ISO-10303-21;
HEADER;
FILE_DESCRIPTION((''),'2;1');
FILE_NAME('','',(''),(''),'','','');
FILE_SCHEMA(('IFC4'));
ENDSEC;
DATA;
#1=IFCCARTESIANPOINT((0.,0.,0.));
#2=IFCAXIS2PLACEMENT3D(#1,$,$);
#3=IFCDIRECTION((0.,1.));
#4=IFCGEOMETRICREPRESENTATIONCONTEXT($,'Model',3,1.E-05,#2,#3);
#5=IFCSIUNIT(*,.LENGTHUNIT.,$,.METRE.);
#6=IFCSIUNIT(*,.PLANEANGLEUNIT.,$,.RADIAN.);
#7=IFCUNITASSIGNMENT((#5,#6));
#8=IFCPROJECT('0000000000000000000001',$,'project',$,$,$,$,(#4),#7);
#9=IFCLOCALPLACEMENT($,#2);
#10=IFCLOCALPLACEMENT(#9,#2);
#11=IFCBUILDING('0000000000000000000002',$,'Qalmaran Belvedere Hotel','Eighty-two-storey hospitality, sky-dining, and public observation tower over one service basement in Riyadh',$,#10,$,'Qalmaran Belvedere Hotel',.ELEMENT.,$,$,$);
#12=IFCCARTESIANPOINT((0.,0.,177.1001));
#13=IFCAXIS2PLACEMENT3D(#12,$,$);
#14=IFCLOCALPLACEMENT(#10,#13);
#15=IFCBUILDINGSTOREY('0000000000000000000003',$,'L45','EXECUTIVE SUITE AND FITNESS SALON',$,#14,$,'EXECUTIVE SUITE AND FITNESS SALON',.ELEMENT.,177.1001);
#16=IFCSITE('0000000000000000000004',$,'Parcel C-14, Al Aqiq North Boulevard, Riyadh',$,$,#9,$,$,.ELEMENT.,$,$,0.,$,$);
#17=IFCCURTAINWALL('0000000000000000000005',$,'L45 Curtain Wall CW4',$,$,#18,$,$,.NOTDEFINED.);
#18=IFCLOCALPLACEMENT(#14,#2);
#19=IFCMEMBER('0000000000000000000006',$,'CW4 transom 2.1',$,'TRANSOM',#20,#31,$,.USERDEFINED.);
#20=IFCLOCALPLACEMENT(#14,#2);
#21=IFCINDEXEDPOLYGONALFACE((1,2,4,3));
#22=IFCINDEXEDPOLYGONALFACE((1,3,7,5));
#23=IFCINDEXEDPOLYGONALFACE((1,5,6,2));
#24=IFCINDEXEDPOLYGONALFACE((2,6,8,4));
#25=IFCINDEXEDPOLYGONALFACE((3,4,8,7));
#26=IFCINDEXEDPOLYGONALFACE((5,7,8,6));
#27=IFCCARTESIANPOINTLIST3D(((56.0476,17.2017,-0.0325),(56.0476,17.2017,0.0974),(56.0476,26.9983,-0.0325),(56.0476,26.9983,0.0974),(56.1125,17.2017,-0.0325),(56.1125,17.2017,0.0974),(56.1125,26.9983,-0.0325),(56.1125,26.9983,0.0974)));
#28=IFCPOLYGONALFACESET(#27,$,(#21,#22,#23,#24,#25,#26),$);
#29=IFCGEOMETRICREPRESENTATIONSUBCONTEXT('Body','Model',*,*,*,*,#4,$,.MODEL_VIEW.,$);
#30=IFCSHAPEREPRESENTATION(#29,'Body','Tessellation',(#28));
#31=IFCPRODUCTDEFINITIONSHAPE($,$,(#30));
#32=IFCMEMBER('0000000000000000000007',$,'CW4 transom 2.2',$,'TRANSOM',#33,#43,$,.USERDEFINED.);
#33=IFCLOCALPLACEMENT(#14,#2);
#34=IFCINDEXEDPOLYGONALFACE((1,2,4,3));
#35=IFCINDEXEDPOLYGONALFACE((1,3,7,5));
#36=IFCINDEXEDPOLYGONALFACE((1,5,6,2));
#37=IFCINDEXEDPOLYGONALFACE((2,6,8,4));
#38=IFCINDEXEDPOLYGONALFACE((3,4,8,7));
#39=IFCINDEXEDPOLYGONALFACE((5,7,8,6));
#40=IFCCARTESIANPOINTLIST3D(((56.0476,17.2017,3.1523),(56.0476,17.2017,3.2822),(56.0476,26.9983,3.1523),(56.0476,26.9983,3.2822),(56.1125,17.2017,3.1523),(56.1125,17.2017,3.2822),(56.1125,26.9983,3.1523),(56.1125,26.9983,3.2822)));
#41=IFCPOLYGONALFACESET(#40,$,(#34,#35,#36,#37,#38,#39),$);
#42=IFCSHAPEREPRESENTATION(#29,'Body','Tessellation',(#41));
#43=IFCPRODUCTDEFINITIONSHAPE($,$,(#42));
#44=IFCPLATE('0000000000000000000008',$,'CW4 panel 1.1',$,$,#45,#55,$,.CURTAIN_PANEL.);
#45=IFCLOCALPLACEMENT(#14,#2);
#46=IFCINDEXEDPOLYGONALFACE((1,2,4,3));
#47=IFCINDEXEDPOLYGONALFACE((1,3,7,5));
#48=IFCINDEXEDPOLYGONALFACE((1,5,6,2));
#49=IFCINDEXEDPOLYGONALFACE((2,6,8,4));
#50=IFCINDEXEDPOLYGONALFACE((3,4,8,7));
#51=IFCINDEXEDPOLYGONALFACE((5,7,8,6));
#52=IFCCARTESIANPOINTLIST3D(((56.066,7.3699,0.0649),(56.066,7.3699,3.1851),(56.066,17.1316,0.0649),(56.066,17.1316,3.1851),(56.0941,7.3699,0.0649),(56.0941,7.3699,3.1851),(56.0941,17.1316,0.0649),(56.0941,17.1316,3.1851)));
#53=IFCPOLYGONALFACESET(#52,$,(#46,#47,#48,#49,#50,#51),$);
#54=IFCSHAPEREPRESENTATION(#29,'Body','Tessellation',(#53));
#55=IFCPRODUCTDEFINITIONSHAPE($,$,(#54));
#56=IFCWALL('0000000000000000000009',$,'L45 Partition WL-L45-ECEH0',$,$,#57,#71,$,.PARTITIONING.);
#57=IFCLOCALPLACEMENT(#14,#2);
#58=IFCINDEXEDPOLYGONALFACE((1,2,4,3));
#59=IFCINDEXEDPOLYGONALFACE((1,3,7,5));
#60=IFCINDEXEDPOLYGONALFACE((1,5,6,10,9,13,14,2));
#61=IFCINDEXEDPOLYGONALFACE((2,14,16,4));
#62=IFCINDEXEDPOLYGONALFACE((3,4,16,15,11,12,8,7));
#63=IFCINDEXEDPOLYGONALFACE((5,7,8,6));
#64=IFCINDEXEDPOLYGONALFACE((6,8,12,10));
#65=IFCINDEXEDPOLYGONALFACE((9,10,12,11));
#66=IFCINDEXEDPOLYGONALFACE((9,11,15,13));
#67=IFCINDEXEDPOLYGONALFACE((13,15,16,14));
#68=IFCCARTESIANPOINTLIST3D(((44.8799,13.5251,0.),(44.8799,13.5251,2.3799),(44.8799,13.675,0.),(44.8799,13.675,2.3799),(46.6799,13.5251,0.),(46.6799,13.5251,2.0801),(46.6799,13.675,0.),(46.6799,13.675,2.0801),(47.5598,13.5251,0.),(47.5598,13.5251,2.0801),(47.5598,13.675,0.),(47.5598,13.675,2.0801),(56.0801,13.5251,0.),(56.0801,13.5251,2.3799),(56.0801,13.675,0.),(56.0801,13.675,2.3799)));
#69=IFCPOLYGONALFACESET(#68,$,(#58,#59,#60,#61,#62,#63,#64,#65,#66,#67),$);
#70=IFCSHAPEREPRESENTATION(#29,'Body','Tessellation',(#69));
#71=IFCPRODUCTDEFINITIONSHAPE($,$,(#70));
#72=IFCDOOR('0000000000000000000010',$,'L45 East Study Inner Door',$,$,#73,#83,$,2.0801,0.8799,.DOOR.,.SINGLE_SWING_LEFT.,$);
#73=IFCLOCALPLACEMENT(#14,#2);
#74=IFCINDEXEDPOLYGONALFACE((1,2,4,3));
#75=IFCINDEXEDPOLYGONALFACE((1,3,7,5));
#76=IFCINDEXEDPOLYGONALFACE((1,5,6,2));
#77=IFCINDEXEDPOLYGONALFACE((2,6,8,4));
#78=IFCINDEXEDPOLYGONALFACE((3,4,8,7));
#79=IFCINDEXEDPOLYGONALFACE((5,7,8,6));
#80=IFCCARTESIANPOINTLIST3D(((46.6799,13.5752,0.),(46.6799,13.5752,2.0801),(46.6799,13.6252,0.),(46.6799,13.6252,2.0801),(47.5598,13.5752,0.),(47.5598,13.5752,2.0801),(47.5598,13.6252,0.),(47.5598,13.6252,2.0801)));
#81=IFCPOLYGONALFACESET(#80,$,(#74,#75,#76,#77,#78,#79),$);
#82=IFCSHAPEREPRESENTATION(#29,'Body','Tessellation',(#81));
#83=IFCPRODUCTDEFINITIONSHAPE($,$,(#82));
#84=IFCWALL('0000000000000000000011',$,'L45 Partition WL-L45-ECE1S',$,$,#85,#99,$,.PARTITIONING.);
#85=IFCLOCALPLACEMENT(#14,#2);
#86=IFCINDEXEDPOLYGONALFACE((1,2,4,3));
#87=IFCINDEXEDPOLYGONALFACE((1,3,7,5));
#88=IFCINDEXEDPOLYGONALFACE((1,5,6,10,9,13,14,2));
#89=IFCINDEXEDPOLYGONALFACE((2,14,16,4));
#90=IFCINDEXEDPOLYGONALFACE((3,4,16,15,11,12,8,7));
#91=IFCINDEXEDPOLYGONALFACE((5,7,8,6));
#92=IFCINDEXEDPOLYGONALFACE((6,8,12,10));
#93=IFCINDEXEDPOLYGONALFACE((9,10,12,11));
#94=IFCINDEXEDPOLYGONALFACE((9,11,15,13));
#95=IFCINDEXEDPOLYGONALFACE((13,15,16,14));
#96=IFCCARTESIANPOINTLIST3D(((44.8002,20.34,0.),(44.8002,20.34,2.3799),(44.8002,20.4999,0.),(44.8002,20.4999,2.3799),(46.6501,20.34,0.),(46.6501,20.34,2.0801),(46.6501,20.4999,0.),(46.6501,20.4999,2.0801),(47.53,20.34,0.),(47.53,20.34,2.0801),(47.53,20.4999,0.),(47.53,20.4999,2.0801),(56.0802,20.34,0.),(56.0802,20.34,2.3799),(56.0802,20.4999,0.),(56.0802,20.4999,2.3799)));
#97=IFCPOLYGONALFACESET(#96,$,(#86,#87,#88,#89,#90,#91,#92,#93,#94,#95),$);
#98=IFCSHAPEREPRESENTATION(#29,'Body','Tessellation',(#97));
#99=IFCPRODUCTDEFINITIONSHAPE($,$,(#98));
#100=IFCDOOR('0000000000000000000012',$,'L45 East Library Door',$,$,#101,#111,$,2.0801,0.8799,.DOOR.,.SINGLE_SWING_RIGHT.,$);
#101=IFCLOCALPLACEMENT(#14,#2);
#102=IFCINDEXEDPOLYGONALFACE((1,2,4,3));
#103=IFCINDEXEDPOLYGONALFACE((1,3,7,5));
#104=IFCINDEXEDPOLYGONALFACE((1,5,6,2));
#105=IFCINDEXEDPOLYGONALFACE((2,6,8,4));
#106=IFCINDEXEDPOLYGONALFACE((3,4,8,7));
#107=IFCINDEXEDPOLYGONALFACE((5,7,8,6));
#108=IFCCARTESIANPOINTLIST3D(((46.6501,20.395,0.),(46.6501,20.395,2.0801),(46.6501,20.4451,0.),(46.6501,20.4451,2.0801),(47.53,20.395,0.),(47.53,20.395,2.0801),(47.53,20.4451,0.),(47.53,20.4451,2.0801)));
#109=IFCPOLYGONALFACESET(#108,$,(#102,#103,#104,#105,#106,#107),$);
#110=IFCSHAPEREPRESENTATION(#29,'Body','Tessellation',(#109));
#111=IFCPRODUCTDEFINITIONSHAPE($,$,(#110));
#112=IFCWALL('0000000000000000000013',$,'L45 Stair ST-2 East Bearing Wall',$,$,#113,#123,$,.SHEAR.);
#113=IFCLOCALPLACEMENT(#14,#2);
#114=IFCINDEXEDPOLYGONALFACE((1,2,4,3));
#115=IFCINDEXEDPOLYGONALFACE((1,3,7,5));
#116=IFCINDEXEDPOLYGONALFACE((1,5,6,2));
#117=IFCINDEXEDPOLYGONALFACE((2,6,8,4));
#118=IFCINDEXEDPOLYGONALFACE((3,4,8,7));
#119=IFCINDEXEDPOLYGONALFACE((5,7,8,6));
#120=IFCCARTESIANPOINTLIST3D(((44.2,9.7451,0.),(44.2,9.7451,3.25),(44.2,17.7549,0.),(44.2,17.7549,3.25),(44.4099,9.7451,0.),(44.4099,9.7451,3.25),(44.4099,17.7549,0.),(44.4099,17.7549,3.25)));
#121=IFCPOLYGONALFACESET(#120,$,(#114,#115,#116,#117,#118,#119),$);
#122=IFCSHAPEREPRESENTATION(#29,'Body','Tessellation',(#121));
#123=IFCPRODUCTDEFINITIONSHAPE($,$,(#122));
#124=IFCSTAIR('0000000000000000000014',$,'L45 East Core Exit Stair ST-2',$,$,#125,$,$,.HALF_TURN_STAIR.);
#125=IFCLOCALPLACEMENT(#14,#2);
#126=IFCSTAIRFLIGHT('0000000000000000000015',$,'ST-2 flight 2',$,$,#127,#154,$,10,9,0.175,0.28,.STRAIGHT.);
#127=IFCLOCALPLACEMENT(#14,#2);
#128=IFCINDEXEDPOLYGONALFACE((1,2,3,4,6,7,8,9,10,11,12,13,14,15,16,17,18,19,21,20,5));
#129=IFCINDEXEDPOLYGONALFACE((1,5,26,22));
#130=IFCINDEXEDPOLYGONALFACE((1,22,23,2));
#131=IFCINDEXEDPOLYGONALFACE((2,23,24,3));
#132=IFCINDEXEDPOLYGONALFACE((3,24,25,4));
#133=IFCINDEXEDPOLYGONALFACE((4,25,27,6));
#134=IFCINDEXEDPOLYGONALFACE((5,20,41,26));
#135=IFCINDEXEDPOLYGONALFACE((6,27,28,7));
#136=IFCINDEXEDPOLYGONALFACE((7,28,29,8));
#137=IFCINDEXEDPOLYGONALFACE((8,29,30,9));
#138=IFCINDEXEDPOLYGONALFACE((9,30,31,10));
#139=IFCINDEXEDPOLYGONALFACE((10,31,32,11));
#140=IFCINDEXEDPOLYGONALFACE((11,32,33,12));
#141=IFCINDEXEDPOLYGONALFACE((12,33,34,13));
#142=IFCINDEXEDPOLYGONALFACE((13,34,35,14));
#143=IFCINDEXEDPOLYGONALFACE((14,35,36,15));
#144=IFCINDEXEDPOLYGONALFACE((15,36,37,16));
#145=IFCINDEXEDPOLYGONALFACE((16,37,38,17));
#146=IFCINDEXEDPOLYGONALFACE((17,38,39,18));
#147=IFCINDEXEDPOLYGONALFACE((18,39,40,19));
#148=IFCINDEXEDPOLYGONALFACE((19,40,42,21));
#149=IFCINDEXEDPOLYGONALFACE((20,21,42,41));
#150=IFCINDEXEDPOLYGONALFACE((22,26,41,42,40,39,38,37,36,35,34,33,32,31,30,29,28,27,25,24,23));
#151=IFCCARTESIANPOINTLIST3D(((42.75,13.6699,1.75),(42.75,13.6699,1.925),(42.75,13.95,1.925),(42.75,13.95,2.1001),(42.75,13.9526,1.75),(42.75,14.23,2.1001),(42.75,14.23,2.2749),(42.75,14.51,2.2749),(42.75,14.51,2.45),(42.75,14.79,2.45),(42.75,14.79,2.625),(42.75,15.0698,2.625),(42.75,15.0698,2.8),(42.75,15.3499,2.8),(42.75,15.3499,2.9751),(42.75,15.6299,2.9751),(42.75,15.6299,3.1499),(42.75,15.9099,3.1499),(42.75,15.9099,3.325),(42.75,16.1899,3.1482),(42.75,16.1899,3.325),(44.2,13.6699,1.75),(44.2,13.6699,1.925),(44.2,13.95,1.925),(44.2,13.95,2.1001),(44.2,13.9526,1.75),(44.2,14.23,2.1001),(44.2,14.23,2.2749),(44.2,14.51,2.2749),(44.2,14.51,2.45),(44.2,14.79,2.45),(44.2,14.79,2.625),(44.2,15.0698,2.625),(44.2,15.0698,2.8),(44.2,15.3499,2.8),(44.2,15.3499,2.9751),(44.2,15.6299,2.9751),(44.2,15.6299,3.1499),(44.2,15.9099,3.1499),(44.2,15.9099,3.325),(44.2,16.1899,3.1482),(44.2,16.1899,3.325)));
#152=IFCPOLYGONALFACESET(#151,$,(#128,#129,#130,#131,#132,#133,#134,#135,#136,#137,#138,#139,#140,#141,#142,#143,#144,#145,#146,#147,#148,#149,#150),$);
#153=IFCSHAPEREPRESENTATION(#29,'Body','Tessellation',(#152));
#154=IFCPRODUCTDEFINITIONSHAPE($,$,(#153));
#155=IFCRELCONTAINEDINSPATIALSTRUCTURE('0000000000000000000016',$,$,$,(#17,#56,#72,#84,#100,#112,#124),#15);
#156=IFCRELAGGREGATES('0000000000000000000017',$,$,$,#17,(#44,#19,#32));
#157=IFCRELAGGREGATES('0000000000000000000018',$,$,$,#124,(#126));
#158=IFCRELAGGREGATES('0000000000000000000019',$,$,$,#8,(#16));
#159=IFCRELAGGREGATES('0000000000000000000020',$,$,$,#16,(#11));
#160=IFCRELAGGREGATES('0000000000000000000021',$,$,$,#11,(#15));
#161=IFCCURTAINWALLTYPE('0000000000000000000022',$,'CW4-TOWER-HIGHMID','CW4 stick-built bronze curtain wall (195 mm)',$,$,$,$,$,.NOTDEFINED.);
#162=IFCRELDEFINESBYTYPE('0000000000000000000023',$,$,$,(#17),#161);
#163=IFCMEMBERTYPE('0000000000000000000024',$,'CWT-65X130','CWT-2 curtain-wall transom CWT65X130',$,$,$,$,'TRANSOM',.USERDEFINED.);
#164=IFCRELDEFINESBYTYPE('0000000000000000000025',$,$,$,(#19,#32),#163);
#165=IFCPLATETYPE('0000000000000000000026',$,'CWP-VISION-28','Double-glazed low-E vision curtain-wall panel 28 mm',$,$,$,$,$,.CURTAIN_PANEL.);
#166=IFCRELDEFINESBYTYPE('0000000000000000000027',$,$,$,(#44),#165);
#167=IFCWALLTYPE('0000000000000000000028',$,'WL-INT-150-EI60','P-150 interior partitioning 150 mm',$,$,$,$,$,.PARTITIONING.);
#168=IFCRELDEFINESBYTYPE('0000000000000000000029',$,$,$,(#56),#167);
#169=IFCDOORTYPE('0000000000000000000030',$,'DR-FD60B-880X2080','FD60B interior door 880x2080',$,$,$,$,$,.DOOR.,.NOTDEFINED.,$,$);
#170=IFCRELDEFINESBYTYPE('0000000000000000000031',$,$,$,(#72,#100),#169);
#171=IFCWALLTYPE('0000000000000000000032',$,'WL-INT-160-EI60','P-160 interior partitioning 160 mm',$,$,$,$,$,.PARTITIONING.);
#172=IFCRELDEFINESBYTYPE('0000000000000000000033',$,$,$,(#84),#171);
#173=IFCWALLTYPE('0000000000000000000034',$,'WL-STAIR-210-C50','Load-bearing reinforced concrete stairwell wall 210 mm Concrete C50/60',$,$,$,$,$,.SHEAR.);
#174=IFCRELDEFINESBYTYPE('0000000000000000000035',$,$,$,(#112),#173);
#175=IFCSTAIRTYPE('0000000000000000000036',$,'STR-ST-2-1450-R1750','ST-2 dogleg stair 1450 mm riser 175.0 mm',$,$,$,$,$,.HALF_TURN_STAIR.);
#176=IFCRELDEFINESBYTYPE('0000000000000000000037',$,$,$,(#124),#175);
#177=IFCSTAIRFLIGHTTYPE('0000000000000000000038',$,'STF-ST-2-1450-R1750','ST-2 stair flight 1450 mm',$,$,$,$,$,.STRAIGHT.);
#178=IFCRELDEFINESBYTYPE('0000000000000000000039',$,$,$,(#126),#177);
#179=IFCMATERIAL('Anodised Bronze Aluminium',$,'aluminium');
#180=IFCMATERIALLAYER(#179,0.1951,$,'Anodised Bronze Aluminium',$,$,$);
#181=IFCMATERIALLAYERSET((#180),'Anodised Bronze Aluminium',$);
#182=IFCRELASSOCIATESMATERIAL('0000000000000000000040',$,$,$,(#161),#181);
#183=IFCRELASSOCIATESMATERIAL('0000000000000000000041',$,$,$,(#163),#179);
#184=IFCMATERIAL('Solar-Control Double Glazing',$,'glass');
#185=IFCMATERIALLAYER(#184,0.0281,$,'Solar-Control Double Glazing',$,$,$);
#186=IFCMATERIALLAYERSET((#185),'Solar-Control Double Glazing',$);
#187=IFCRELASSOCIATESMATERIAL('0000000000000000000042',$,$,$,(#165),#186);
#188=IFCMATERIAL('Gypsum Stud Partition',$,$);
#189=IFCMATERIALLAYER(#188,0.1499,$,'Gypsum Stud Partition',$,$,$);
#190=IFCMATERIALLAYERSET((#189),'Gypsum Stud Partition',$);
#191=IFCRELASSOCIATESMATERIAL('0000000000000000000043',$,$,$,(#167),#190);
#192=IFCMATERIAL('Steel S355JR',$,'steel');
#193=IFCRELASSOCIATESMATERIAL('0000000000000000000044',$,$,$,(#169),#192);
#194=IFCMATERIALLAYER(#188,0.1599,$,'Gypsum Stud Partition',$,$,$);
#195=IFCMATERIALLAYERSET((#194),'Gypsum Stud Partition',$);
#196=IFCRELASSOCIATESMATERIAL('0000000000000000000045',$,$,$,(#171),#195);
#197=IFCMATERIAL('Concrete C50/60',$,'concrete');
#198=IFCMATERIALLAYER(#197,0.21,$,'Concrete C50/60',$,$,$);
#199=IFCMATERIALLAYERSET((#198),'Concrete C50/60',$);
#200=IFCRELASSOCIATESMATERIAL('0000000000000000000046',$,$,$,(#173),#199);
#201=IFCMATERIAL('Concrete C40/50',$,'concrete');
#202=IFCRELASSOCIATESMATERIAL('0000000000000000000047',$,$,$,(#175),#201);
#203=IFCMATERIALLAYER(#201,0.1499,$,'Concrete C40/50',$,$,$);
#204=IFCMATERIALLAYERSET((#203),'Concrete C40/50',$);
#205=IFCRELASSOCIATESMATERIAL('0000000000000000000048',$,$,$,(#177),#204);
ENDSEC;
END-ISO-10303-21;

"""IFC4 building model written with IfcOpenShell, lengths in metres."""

from ifc_helpers import new_model, si_unit, direction, frame, frame_2d, origin, origin_2d, place, context, subcontext, project, spatial, polyline, rectangle, outline, extrude, material, layer, layer_set, material_profile, profile_set, type_object, element, fill, aggregate, save


model = new_model("IFC4")

# Units and contexts
model_context = context("Model", 3, precision=1e-05, world=origin(), true_north=direction((0.0, 1.0)))
body_context = subcontext(model_context, "Body", "Model", "MODEL_VIEW")
ifc_project = project(units=[si_unit("LENGTHUNIT", "METRE"), si_unit("PLANEANGLEUNIT", "RADIAN")], contexts=[model_context])

# Site, building, storey
site_placement = place(None, origin())
site = spatial("IfcSite", under=ifc_project, at=site_placement, Name="Parcel C-14, Al Aqiq North Boulevard, Riyadh", CompositionType="ELEMENT", RefElevation=0.0)
building_placement = place(site_placement, origin())
building = spatial("IfcBuilding", under=site, at=building_placement, Name="Qalmaran Belvedere Hotel", Description="Eighty-two-storey hospitality, sky-dining, and public observation tower over one service basement in Riyadh", LongName="Qalmaran Belvedere Hotel", CompositionType="ELEMENT")
storey_placement = place(building_placement, frame((0.0, 0.0, 177.1001)))
storey = spatial("IfcBuildingStorey", under=building, at=storey_placement, Name="L45", Description="EXECUTIVE SUITE AND FITNESS SALON", LongName="EXECUTIVE SUITE AND FITNESS SALON", CompositionType="ELEMENT", Elevation=177.1001)

# Shared definitions
ifc_material_1 = material(Name="Concrete C50/60", Category="concrete")

# Shared definitions
ifc_material_2 = material(Name="Steel S355JR", Category="steel")

# Curtain wall, members, plate
ifc_material_3 = material(Name="Anodised Bronze Aluminium", Category="aluminium")
ifc_layer_1 = layer(ifc_material_3, 0.1951, Name="Anodised Bronze Aluminium")
ifc_layer_set_1 = layer_set([ifc_layer_1], Name="Anodised Bronze Aluminium")
curtain_wall_type = type_object("IfcCurtainWallType", Name="CW4-TOWER-HIGHMID", Description="CW4 stick-built bronze curtain wall (195 mm)", PredefinedType="NOTDEFINED", material=ifc_layer_set_1)
curtain_wall_placement = place(storey_placement, origin())
curtain_wall = element("IfcCurtainWall", 1, at=curtain_wall_placement, inside=storey, type_object=curtain_wall_type, Name="L45 Curtain Wall CW4", PredefinedType="NOTDEFINED")
ifc_material_profile_1 = material_profile(ifc_material_3, rectangle(XDim=0.0649, YDim=0.1299, at=origin_2d()), Name="CWT65X130")
ifc_profile_set_1 = profile_set([ifc_material_profile_1], Name="Anodised Bronze Aluminium")
member_type_1 = type_object("IfcMemberType", Name="CWT-65X130", Description="CWT-2 curtain-wall transom CWT65X130", ElementType="TRANSOM", PredefinedType="USERDEFINED", material=ifc_profile_set_1)
member_1_placement = place(storey_placement, frame((56.0801, 17.2017, 0.0325), z_axis=(0.0, 1.0, 0.0), x_axis=(-1.0, 0.0, 0.0)))
member_1 = element("IfcMember", 2, at=member_1_placement, type_object=member_type_1, Name="CW4 transom 2.1", ObjectType="TRANSOM", PredefinedType="USERDEFINED", context=body_context, shape_type="SweptSolid", body=[
    extrude(rectangle(XDim=0.0649, YDim=0.1299, at=origin_2d()), origin(), (0.0, 0.0, 1.0), 9.7966),
])
member_2_placement = place(storey_placement, frame((56.0801, 17.2017, 3.2173), z_axis=(0.0, 1.0, 0.0), x_axis=(-1.0, 0.0, 0.0)))
member_2 = element("IfcMember", 3, at=member_2_placement, type_object=member_type_1, Name="CW4 transom 2.2", ObjectType="TRANSOM", PredefinedType="USERDEFINED", context=body_context, shape_type="SweptSolid", body=[
    extrude(rectangle(XDim=0.0649, YDim=0.1299, at=origin_2d()), origin(), (0.0, 0.0, 1.0), 9.7966),
])
ifc_material_4 = material(Name="Solar-Control Double Glazing", Category="glass")
ifc_layer_2 = layer(ifc_material_4, 0.0281, Name="Solar-Control Double Glazing")
ifc_layer_set_2 = layer_set([ifc_layer_2], Name="Solar-Control Double Glazing")
plate_type = type_object("IfcPlateType", Name="CWP-VISION-28", Description="Double-glazed low-E vision curtain-wall panel 28 mm", PredefinedType="CURTAIN_PANEL", material=ifc_layer_set_2)
plate_placement = place(storey_placement, frame((56.0801, 12.2507, 0.0649), z_axis=(0.0, 0.0, 1.0), x_axis=(0.0, 1.0, 0.0)))
plate = element("IfcPlate", 4, at=plate_placement, type_object=plate_type, Name="CW4 panel 1.1", PredefinedType="CURTAIN_PANEL", context=body_context, shape_type="SweptSolid", body=[
    extrude(rectangle(XDim=9.7617, YDim=0.0281, at=origin_2d()), origin(), (0.0, 0.0, 1.0), 3.1201),
])
aggregate(curtain_wall, [plate, member_1, member_2])

# Walls, openings, doors
ifc_material_5 = material(Name="Gypsum Stud Partition")
ifc_layer_3 = layer(ifc_material_5, 0.1499, Name="Gypsum Stud Partition")
ifc_layer_set_3 = layer_set([ifc_layer_3], Name="Gypsum Stud Partition")
wall_type_1 = type_object("IfcWallType", Name="WL-INT-150-EI60", Description="P-150 interior partitioning 150 mm", PredefinedType="PARTITIONING", material=ifc_layer_set_3)
wall_1_placement = place(storey_placement, frame((44.8799, 13.6001, 0.0), z_axis=(0.0, 0.0, 1.0), x_axis=(1.0, 0.0, 0.0)))
wall_1 = element("IfcWall", 5, at=wall_1_placement, inside=storey, type_object=wall_type_1, Name="L45 Partition WL-L45-ECEH0", PredefinedType="PARTITIONING", context=body_context, shape_type="SweptSolid", body=[
    extrude(rectangle(XDim=11.2002, YDim=0.1499, at=frame_2d((5.6001, 0.0))), origin(), (0.0, 0.0, 1.0), 2.3799),
])
opening_1_placement = place(wall_1_placement, frame((2.6799, 0.0, 0.0), z_axis=(0.0, 0.0, 1.0), x_axis=(-1.0, 0.0, 0.0)))
opening_1 = element("IfcOpeningElement", 6, at=opening_1_placement, cuts=wall_1, PredefinedType="OPENING", context=body_context, shape_type="SweptSolid", body=[
    extrude(rectangle(XDim=0.8799, YDim=2.0801, at=frame_2d((0.4399, 1.04))), frame((0.0, 0.085, 0.0), z_axis=(0.0, -1.0, 0.0), x_axis=(1.0, 0.0, 0.0)), (0.0, 0.0, 1.0), 0.1699),
])
door_type = type_object("IfcDoorType", Name="DR-FD60B-880X2080", Description="FD60B interior door 880x2080", OperationType="NOTDEFINED", PredefinedType="DOOR", material=ifc_material_2)
door_1_placement = place(opening_1_placement, origin())
door_1 = element("IfcDoor", 7, at=door_1_placement, inside=storey, type_object=door_type, Name="L45 East Study Inner Door", OperationType="SINGLE_SWING_LEFT", OverallHeight=2.0801, OverallWidth=0.8799, PredefinedType="DOOR", context=body_context, shape_type="SweptSolid", body=[
    extrude(rectangle(XDim=0.8799, YDim=2.0801, at=frame_2d((0.4399, 1.04))), frame((0.0, 0.0249, 0.0), z_axis=(0.0, -1.0, 0.0), x_axis=(1.0, 0.0, 0.0)), (0.0, 0.0, 1.0), 0.05),
])
fill(opening_1, door_1)
ifc_layer_4 = layer(ifc_material_5, 0.1599, Name="Gypsum Stud Partition")
ifc_layer_set_4 = layer_set([ifc_layer_4], Name="Gypsum Stud Partition")
wall_type_2 = type_object("IfcWallType", Name="WL-INT-160-EI60", Description="P-160 interior partitioning 160 mm", PredefinedType="PARTITIONING", material=ifc_layer_set_4)
wall_2_placement = place(storey_placement, frame((44.8, 20.4199, 0.0), z_axis=(0.0, 0.0, 1.0), x_axis=(1.0, 0.0, 0.0)))
wall_2 = element("IfcWall", 8, at=wall_2_placement, inside=storey, type_object=wall_type_2, Name="L45 Partition WL-L45-ECE1S", PredefinedType="PARTITIONING", context=body_context, shape_type="SweptSolid", body=[
    extrude(rectangle(XDim=11.28, YDim=0.1599, at=frame_2d((5.6401, 0.0))), origin(), (0.0, 0.0, 1.0), 2.3799),
])
opening_2_placement = place(wall_2_placement, frame((2.73, 0.0, 0.0), z_axis=(0.0, 0.0, 1.0), x_axis=(-1.0, 0.0, 0.0)))
opening_2 = element("IfcOpeningElement", 9, at=opening_2_placement, cuts=wall_2, PredefinedType="OPENING", context=body_context, shape_type="SweptSolid", body=[
    extrude(rectangle(XDim=0.8799, YDim=2.0801, at=frame_2d((0.4399, 1.04))), frame((0.0, 0.0898, 0.0), z_axis=(0.0, -1.0, 0.0), x_axis=(1.0, 0.0, 0.0)), (0.0, 0.0, 1.0), 0.1799),
])
door_2_placement = place(opening_2_placement, origin())
door_2 = element("IfcDoor", 10, at=door_2_placement, inside=storey, type_object=door_type, Name="L45 East Library Door", OperationType="SINGLE_SWING_RIGHT", OverallHeight=2.0801, OverallWidth=0.8799, PredefinedType="DOOR", context=body_context, shape_type="SweptSolid", body=[
    extrude(rectangle(XDim=0.8799, YDim=2.0801, at=frame_2d((0.4399, 1.04))), frame((0.0, 0.0249, 0.0), z_axis=(0.0, -1.0, 0.0), x_axis=(1.0, 0.0, 0.0)), (0.0, 0.0, 1.0), 0.05),
])
fill(opening_2, door_2)

# Wall
ifc_layer_5 = layer(ifc_material_1, 0.21, Name="Concrete C50/60")
ifc_layer_set_5 = layer_set([ifc_layer_5], Name="Concrete C50/60")
wall_type_3 = type_object("IfcWallType", Name="WL-STAIR-210-C50", Description="Load-bearing reinforced concrete stairwell wall 210 mm Concrete C50/60", PredefinedType="SHEAR", material=ifc_layer_set_5)
wall_3_placement = place(storey_placement, frame((44.3049, 9.7451, 0.0), z_axis=(0.0, 0.0, 1.0), x_axis=(0.0, 1.0, 0.0)))
element("IfcWall", 11, at=wall_3_placement, inside=storey, type_object=wall_type_3, Name="L45 Stair ST-2 East Bearing Wall", PredefinedType="SHEAR", context=body_context, shape_type="SweptSolid", body=[
    extrude(rectangle(XDim=8.0098, YDim=0.21, at=frame_2d((4.0049, 0.0))), origin(), (0.0, 0.0, 1.0), 3.25),
])

# Stair, stair flight
ifc_material_6 = material(Name="Concrete C40/50", Category="concrete")
stair_type = type_object("IfcStairType", Name="STR-ST-2-1450-R1750", Description="ST-2 dogleg stair 1450 mm riser 175.0 mm", PredefinedType="HALF_TURN_STAIR", material=ifc_material_6)
stair_placement = place(storey_placement, origin())
stair = element("IfcStair", 12, at=stair_placement, inside=storey, type_object=stair_type, Name="L45 East Core Exit Stair ST-2", PredefinedType="HALF_TURN_STAIR")
ifc_layer_6 = layer(ifc_material_6, 0.1499, Name="Concrete C40/50")
ifc_layer_set_6 = layer_set([ifc_layer_6], Name="Concrete C40/50")
stair_flight_type = type_object("IfcStairFlightType", Name="STF-ST-2-1450-R1750", Description="ST-2 stair flight 1450 mm", PredefinedType="STRAIGHT", material=ifc_layer_set_6)
stair_flight_placement = place(storey_placement, frame((43.4751, 13.6699, 1.75), z_axis=(0.0, 0.0, 1.0), x_axis=(0.0, 1.0, 0.0)))
stair_flight = element("IfcStairFlight", 13, at=stair_flight_placement, type_object=stair_flight_type, Name="ST-2 flight 2", NumberOfRisers=10, NumberOfTreads=9, PredefinedType="STRAIGHT", RiserHeight=0.175, TreadLength=0.28, context=body_context, shape_type="SweptSolid", body=[
    extrude(outline(polyline([(0.0, 0.0), (0.0, 0.175), (0.28, 0.175), (0.28, 0.3501), (0.5601, 0.3501), (0.5601, 0.5249), (0.8401, 0.5249), (0.8401, 0.7), (1.1201, 0.7), (1.1201, 0.875), (1.3999, 0.875), (1.3999, 1.05), (1.6799, 1.05), (1.6799, 1.2251), (1.96, 1.2251), (1.96, 1.3999), (2.24, 1.3999), (2.24, 1.575), (2.52, 1.575), (2.52, 1.75), (2.52, 1.3982), (0.2827, 0.0), (0.0, 0.0)])), frame((0.0, 0.7251, 0.0), z_axis=(0.0, -1.0, 0.0), x_axis=(1.0, 0.0, 0.0)), (0.0, 0.0, 1.0), 1.45),
])
aggregate(stair, [stair_flight])

save(model, "model.ifc")
